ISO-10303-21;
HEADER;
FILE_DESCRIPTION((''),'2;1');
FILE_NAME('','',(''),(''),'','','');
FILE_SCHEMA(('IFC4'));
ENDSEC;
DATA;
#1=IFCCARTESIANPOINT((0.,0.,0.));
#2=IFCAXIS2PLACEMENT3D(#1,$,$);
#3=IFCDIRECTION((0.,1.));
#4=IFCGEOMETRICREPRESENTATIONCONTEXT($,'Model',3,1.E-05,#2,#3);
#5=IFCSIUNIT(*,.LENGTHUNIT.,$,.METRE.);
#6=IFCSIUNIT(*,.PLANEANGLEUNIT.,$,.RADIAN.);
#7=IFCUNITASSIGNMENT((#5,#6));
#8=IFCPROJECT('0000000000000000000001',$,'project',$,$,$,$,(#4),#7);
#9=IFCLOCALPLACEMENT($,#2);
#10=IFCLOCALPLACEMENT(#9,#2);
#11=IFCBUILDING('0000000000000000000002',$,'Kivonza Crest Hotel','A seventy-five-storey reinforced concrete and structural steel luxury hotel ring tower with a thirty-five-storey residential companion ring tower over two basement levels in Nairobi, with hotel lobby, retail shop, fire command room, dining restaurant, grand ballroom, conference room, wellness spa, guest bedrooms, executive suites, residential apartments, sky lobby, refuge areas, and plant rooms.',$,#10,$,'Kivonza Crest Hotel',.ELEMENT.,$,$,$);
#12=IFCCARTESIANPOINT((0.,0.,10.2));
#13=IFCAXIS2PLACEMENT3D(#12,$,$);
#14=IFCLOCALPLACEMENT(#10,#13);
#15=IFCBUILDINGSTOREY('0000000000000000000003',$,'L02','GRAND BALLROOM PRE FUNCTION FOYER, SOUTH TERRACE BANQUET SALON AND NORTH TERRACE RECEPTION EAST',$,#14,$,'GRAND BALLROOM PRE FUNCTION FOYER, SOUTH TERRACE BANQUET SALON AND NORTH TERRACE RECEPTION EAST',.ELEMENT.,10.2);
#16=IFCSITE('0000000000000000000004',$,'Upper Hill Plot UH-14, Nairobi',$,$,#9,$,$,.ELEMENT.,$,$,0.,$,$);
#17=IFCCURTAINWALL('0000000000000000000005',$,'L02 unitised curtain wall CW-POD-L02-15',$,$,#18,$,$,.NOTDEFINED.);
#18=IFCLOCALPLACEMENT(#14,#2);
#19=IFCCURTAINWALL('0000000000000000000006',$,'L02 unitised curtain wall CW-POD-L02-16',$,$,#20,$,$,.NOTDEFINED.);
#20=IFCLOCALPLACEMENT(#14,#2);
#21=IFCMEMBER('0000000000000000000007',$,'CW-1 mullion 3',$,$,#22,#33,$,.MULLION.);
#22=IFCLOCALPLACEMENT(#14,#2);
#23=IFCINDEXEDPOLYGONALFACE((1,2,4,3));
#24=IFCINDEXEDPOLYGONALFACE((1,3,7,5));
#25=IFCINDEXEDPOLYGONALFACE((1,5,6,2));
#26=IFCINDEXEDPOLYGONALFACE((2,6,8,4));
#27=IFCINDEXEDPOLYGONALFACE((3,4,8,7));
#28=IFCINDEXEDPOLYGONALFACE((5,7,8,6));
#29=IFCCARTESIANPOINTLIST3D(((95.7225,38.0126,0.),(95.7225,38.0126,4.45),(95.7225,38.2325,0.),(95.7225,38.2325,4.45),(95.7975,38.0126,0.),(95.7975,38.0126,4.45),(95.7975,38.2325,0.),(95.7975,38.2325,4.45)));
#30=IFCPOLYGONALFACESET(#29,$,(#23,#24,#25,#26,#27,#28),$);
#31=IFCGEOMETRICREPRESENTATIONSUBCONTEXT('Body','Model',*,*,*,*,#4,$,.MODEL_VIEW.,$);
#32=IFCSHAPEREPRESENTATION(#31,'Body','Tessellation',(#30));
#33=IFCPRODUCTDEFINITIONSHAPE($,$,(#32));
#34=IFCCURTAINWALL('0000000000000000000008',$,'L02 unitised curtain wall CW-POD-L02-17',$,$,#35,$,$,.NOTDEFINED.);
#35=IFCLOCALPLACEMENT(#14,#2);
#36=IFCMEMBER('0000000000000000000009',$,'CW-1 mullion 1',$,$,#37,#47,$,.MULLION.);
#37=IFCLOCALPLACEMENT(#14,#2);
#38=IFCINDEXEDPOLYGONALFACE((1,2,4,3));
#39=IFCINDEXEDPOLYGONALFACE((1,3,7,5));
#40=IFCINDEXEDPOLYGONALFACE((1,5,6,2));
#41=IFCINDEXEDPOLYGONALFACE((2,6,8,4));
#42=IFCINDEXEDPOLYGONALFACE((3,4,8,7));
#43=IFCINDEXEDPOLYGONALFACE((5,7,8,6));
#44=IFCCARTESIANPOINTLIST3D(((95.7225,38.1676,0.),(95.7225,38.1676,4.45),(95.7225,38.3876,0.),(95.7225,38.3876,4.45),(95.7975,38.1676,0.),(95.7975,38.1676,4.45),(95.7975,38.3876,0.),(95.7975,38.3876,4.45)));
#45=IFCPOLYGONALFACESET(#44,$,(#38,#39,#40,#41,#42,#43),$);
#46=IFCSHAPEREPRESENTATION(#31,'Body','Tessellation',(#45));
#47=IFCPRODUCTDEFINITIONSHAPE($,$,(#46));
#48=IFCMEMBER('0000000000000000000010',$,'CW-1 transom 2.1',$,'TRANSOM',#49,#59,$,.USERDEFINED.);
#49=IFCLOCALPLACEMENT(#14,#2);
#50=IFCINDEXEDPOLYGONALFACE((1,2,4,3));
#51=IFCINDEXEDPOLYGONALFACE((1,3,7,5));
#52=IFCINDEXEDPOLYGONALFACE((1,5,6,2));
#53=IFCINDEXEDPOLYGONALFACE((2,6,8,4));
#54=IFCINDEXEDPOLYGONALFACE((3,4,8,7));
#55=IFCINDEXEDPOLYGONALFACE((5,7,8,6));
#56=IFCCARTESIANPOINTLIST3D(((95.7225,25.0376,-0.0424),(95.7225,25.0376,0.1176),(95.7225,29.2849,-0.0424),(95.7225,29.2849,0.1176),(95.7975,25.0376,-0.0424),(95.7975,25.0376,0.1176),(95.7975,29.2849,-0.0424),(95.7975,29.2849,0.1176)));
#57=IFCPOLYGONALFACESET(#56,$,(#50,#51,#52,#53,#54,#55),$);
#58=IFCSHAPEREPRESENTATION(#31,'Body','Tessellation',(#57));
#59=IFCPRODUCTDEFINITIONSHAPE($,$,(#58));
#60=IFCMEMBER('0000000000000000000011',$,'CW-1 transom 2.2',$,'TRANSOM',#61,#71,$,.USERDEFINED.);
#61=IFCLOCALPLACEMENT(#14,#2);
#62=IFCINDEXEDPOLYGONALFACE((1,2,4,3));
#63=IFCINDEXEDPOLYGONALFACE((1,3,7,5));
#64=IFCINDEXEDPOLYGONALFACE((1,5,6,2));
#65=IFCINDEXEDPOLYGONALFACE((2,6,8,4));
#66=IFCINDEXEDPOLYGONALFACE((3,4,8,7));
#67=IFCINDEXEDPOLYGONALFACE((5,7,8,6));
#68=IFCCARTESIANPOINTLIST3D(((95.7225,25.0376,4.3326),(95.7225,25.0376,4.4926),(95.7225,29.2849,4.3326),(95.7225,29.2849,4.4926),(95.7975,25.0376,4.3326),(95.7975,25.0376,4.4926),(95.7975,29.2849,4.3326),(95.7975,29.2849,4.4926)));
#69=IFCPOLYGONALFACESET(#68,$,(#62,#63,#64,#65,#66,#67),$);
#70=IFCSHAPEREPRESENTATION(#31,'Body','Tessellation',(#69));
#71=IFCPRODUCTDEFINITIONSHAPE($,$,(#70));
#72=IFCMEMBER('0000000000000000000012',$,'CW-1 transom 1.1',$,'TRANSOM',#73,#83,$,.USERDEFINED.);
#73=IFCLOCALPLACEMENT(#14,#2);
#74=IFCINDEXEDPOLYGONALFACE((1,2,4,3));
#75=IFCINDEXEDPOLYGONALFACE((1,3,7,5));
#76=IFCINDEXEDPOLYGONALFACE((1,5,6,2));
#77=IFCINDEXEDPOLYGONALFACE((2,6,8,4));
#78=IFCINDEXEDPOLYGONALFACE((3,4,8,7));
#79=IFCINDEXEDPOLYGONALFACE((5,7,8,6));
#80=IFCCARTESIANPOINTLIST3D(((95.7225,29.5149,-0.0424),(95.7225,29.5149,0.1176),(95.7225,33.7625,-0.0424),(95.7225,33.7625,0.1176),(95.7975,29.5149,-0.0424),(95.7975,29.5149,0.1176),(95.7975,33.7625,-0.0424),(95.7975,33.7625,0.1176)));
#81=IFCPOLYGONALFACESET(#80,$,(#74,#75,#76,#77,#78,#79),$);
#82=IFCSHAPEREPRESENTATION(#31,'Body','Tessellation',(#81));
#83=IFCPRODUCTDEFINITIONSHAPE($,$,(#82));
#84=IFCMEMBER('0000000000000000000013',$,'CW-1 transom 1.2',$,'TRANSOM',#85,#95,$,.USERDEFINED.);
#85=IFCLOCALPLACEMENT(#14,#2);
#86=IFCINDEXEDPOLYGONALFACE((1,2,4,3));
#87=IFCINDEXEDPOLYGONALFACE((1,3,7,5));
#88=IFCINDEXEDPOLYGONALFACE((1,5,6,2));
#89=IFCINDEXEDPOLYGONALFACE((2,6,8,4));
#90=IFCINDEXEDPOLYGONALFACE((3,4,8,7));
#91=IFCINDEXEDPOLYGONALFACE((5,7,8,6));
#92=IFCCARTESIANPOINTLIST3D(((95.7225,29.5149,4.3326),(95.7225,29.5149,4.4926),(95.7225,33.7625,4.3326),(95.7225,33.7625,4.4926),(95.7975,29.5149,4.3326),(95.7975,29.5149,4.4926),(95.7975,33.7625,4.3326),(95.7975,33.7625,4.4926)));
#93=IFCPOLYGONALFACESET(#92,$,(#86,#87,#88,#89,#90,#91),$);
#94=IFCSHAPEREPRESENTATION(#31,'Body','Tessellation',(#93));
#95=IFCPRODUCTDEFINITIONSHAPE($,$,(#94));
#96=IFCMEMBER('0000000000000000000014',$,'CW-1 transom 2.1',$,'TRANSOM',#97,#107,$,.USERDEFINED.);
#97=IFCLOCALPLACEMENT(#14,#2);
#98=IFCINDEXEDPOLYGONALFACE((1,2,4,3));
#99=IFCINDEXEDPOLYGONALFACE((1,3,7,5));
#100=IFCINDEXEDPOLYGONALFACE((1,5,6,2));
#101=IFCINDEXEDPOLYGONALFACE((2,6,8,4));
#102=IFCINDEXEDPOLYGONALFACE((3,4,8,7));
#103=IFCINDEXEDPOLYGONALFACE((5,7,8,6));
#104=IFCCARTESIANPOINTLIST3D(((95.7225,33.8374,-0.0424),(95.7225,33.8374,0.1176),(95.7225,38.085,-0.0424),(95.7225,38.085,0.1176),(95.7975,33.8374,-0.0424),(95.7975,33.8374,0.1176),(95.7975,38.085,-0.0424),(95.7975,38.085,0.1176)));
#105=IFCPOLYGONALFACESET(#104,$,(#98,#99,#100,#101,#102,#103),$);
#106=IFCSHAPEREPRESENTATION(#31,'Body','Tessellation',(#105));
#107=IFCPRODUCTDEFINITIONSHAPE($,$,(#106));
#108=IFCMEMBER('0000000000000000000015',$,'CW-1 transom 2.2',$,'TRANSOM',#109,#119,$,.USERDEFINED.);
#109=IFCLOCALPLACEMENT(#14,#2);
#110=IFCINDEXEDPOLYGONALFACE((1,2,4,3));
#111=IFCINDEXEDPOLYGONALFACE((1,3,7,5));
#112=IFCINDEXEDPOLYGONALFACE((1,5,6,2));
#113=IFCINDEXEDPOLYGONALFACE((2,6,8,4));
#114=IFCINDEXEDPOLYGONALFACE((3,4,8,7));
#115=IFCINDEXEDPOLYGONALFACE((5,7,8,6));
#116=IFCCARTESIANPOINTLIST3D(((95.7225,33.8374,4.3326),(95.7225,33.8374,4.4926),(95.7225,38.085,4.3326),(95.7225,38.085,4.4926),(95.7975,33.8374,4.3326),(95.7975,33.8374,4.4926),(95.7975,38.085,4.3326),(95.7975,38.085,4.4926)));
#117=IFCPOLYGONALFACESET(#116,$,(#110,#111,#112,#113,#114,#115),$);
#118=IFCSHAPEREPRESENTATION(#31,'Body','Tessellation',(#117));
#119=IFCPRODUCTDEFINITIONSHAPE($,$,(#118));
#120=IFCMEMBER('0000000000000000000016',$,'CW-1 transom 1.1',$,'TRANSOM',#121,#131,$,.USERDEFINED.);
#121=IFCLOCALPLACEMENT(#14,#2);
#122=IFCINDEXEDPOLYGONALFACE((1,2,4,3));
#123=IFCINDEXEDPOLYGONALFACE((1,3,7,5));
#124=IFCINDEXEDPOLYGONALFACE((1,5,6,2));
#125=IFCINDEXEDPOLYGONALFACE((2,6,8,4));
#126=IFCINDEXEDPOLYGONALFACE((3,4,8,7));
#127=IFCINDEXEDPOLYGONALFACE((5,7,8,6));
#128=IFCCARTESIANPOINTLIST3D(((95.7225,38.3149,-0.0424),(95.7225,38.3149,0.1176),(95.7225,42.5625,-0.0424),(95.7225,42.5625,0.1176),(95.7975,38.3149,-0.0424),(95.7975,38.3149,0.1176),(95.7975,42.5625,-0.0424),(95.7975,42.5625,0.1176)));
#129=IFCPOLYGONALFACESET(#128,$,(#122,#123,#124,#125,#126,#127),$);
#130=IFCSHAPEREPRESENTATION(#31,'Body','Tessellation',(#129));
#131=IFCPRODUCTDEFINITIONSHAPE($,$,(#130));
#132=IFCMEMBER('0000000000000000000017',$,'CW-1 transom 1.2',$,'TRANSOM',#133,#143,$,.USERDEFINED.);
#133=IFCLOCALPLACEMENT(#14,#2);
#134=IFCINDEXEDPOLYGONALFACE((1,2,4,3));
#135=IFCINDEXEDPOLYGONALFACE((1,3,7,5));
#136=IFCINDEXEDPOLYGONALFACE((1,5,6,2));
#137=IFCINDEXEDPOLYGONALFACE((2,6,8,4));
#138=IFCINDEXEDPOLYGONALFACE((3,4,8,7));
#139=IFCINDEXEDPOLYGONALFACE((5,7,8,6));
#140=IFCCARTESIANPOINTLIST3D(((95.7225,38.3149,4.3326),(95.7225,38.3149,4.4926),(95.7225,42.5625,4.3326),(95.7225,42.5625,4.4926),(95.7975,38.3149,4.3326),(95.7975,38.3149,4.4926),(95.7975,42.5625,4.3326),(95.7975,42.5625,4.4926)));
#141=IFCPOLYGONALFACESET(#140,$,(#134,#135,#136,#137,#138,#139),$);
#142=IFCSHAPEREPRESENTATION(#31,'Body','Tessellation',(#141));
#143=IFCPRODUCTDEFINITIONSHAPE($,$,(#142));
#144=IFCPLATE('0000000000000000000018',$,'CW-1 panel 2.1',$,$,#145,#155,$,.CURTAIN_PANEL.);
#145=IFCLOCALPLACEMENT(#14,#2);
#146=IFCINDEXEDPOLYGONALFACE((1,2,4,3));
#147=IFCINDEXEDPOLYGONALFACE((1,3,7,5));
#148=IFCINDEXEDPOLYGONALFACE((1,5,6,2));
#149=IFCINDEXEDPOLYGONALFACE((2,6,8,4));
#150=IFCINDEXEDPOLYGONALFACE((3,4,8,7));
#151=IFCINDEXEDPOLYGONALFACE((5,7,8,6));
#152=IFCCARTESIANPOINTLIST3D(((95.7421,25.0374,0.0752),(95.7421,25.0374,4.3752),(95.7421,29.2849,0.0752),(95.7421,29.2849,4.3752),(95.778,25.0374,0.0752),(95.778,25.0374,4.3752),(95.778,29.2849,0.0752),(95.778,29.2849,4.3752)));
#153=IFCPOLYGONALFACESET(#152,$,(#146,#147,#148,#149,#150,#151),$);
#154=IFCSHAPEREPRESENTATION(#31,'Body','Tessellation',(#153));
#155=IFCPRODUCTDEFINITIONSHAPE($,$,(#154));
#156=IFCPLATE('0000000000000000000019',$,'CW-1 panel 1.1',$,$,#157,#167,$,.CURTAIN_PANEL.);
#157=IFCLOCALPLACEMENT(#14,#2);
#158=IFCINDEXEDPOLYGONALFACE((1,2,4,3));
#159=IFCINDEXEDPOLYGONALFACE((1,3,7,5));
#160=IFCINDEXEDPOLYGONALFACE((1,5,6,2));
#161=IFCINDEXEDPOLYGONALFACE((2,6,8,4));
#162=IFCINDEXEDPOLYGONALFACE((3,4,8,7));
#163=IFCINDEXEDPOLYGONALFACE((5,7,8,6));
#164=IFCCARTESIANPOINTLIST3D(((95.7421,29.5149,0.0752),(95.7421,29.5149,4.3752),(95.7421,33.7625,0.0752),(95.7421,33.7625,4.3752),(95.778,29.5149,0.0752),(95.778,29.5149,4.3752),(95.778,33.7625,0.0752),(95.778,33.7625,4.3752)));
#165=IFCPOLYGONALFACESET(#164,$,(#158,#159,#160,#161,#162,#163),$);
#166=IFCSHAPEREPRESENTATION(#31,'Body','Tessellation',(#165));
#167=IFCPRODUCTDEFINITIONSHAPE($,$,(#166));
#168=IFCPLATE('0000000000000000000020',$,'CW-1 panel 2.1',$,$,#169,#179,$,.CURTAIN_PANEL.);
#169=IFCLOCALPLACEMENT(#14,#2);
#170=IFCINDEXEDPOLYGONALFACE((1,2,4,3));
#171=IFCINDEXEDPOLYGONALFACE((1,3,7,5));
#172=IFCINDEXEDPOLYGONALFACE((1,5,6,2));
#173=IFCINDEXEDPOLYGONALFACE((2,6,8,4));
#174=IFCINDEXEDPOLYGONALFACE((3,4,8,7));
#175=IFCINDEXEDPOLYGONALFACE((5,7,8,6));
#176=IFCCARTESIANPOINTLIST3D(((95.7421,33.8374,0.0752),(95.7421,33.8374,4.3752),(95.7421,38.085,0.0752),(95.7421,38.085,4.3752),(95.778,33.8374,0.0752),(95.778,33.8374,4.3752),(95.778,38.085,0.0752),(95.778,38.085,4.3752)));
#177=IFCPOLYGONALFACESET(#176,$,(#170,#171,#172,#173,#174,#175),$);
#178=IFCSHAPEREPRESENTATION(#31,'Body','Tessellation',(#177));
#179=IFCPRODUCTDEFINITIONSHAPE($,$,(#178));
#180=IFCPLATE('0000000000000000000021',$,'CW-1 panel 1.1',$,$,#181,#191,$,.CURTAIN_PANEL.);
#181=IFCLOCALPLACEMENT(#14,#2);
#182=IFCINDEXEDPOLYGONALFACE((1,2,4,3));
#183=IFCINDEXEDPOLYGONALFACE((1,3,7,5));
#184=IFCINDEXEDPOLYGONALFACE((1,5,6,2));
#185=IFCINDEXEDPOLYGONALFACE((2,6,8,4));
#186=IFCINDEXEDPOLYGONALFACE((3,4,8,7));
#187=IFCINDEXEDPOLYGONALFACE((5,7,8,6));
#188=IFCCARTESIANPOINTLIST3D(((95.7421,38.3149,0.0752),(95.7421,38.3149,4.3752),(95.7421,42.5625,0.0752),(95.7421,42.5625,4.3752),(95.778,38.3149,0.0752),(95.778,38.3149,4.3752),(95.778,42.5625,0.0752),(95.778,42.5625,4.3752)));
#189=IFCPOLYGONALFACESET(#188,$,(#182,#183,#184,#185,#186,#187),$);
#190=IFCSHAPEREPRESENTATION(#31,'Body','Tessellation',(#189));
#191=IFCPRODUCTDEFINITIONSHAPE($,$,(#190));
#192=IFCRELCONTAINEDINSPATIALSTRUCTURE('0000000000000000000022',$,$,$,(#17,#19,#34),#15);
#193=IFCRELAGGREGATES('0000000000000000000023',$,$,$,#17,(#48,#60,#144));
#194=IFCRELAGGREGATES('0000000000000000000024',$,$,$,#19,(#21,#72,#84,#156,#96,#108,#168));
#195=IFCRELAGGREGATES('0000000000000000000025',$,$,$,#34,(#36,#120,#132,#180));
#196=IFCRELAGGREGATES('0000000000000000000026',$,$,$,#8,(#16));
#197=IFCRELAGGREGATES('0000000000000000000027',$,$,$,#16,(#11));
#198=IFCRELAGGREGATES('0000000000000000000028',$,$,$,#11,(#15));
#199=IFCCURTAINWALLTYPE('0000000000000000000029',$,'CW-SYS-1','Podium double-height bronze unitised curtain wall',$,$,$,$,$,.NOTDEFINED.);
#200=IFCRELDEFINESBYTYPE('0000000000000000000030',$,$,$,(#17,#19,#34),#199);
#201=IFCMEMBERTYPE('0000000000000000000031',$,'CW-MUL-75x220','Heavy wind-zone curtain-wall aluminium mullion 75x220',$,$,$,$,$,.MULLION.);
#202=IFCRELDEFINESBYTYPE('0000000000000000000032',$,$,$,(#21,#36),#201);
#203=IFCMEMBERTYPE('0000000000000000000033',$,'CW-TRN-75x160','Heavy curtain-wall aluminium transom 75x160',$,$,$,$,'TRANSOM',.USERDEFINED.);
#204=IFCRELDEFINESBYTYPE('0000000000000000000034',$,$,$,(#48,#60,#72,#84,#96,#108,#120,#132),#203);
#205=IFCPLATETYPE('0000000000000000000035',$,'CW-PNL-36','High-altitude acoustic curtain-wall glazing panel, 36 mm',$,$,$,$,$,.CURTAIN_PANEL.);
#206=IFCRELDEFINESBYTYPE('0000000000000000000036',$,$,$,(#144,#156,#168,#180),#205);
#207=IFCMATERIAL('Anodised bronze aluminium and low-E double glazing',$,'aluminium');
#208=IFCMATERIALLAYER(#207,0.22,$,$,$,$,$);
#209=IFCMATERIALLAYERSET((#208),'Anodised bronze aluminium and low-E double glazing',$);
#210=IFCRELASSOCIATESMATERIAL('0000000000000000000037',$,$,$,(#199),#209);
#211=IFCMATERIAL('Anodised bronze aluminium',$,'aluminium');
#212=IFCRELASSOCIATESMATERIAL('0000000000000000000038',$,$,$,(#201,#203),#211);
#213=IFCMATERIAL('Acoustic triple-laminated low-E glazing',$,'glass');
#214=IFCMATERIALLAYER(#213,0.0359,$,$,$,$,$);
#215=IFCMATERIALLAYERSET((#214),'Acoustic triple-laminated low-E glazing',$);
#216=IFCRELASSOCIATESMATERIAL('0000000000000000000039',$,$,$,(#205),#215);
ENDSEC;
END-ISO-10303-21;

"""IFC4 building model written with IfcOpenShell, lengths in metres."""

from ifc_helpers import new_model, si_unit, direction, frame, origin, origin_2d, place, context, subcontext, project, spatial, rectangle, extrude, material, layer, layer_set, material_profile, profile_set, type_object, element, aggregate, save


model = new_model("IFC4")

# Units and contexts
model_context = context("Model", 3, precision=1e-05, world=origin(), true_north=direction((0.0, 1.0)))
body_context = subcontext(model_context, "Body", "Model", "MODEL_VIEW")
ifc_project = project(units=[si_unit("LENGTHUNIT", "METRE"), si_unit("PLANEANGLEUNIT", "RADIAN")], contexts=[model_context])

# Site, building, storey
site_placement = place(None, origin())
site = spatial("IfcSite", under=ifc_project, at=site_placement, Name="Upper Hill Plot UH-14, Nairobi", CompositionType="ELEMENT", RefElevation=0.0)
building_placement = place(site_placement, origin())
building = spatial("IfcBuilding", under=site, at=building_placement, Name="Kivonza Crest Hotel", Description="A seventy-five-storey reinforced concrete and structural steel luxury hotel ring tower with a thirty-five-storey residential companion ring tower over two basement levels in Nairobi, with hotel lobby, retail shop, fire command room, dining restaurant, grand ballroom, conference room, wellness spa, guest bedrooms, executive suites, residential apartments, sky lobby, refuge areas, and plant rooms.", LongName="Kivonza Crest Hotel", CompositionType="ELEMENT")
storey_placement = place(building_placement, frame((0.0, 0.0, 10.2)))
storey = spatial("IfcBuildingStorey", under=building, at=storey_placement, Name="L02", Description="GRAND BALLROOM PRE FUNCTION FOYER, SOUTH TERRACE BANQUET SALON AND NORTH TERRACE RECEPTION EAST", LongName="GRAND BALLROOM PRE FUNCTION FOYER, SOUTH TERRACE BANQUET SALON AND NORTH TERRACE RECEPTION EAST", CompositionType="ELEMENT", Elevation=10.2)

# Curtain walls, member
ifc_material_1 = material(Name="Anodised bronze aluminium and low-E double glazing", Category="aluminium")
ifc_layer_1 = layer(ifc_material_1, 0.22)
ifc_layer_set_1 = layer_set([ifc_layer_1], Name="Anodised bronze aluminium and low-E double glazing")
curtain_wall_type = type_object("IfcCurtainWallType", Name="CW-SYS-1", Description="Podium double-height bronze unitised curtain wall", PredefinedType="NOTDEFINED", material=ifc_layer_set_1)
curtain_wall_1_placement = place(storey_placement, origin())
curtain_wall_1 = element("IfcCurtainWall", 1, at=curtain_wall_1_placement, inside=storey, type_object=curtain_wall_type, Name="L02 unitised curtain wall CW-POD-L02-15", PredefinedType="NOTDEFINED")
ifc_material_2 = material(Name="Anodised bronze aluminium", Category="aluminium")
ifc_material_profile_1 = material_profile(ifc_material_2, rectangle(XDim=0.075, YDim=0.22, at=origin_2d()), Name="CW-M 75x220")
ifc_profile_set_1 = profile_set([ifc_material_profile_1], Name="Anodised bronze aluminium")
member_type_1 = type_object("IfcMemberType", Name="CW-MUL-75x220", Description="Heavy wind-zone curtain-wall aluminium mullion 75x220", PredefinedType="MULLION", material=ifc_profile_set_1)
curtain_wall_2_placement = place(storey_placement, origin())
curtain_wall_2 = element("IfcCurtainWall", 2, at=curtain_wall_2_placement, inside=storey, type_object=curtain_wall_type, Name="L02 unitised curtain wall CW-POD-L02-16", PredefinedType="NOTDEFINED")
member_1_placement = place(storey_placement, frame((95.76, 38.1226, 0.0), z_axis=(0.0, 0.0, 1.0), x_axis=(-1.0, 0.0, 0.0)))
member_1 = element("IfcMember", 3, at=member_1_placement, type_object=member_type_1, Name="CW-1 mullion 3", PredefinedType="MULLION", context=body_context, shape_type="SweptSolid", body=[
    extrude(rectangle(XDim=0.075, YDim=0.22, at=origin_2d()), origin(), (0.0, 0.0, 1.0), 4.45),
])

# Curtain wall, member
curtain_wall_3_placement = place(storey_placement, origin())
curtain_wall_3 = element("IfcCurtainWall", 4, at=curtain_wall_3_placement, inside=storey, type_object=curtain_wall_type, Name="L02 unitised curtain wall CW-POD-L02-17", PredefinedType="NOTDEFINED")
member_2_placement = place(storey_placement, frame((95.76, 38.2776, 0.0), z_axis=(0.0, 0.0, 1.0), x_axis=(-1.0, 0.0, 0.0)))
member_2 = element("IfcMember", 5, at=member_2_placement, type_object=member_type_1, Name="CW-1 mullion 1", PredefinedType="MULLION", context=body_context, shape_type="SweptSolid", body=[
    extrude(rectangle(XDim=0.075, YDim=0.22, at=origin_2d()), origin(), (0.0, 0.0, 1.0), 4.45),
])

# Members
ifc_material_profile_2 = material_profile(ifc_material_2, rectangle(XDim=0.075, YDim=0.1599, at=origin_2d()), Name="CW-T 75x160")
ifc_profile_set_2 = profile_set([ifc_material_profile_2], Name="Anodised bronze aluminium")
member_type_2 = type_object("IfcMemberType", Name="CW-TRN-75x160", Description="Heavy curtain-wall aluminium transom 75x160", ElementType="TRANSOM", PredefinedType="USERDEFINED", material=ifc_profile_set_2)
member_3_placement = place(storey_placement, frame((95.76, 25.0376, 0.0376), z_axis=(0.0, 1.0, 0.0), x_axis=(-1.0, 0.0, 0.0)))
member_3 = element("IfcMember", 6, at=member_3_placement, type_object=member_type_2, Name="CW-1 transom 2.1", ObjectType="TRANSOM", PredefinedType="USERDEFINED", context=body_context, shape_type="SweptSolid", body=[
    extrude(rectangle(XDim=0.075, YDim=0.1599, at=origin_2d()), origin(), (0.0, 0.0, 1.0), 4.2473),
])
member_4_placement = place(storey_placement, frame((95.76, 25.0376, 4.4126), z_axis=(0.0, 1.0, 0.0), x_axis=(-1.0, 0.0, 0.0)))
member_4 = element("IfcMember", 7, at=member_4_placement, type_object=member_type_2, Name="CW-1 transom 2.2", ObjectType="TRANSOM", PredefinedType="USERDEFINED", context=body_context, shape_type="SweptSolid", body=[
    extrude(rectangle(XDim=0.075, YDim=0.1599, at=origin_2d()), origin(), (0.0, 0.0, 1.0), 4.2473),
])
member_5_placement = place(storey_placement, frame((95.76, 29.5149, 0.0376), z_axis=(0.0, 1.0, 0.0), x_axis=(-1.0, 0.0, 0.0)))
member_5 = element("IfcMember", 8, at=member_5_placement, type_object=member_type_2, Name="CW-1 transom 1.1", ObjectType="TRANSOM", PredefinedType="USERDEFINED", context=body_context, shape_type="SweptSolid", body=[
    extrude(rectangle(XDim=0.075, YDim=0.1599, at=origin_2d()), origin(), (0.0, 0.0, 1.0), 4.2476),
])
member_6_placement = place(storey_placement, frame((95.76, 29.5149, 4.4126), z_axis=(0.0, 1.0, 0.0), x_axis=(-1.0, 0.0, 0.0)))
member_6 = element("IfcMember", 9, at=member_6_placement, type_object=member_type_2, Name="CW-1 transom 1.2", ObjectType="TRANSOM", PredefinedType="USERDEFINED", context=body_context, shape_type="SweptSolid", body=[
    extrude(rectangle(XDim=0.075, YDim=0.1599, at=origin_2d()), origin(), (0.0, 0.0, 1.0), 4.2476),
])
member_7_placement = place(storey_placement, frame((95.76, 33.8374, 0.0376), z_axis=(0.0, 1.0, 0.0), x_axis=(-1.0, 0.0, 0.0)))
member_7 = element("IfcMember", 10, at=member_7_placement, type_object=member_type_2, Name="CW-1 transom 2.1", ObjectType="TRANSOM", PredefinedType="USERDEFINED", context=body_context, shape_type="SweptSolid", body=[
    extrude(rectangle(XDim=0.075, YDim=0.1599, at=origin_2d()), origin(), (0.0, 0.0, 1.0), 4.2476),
])
member_8_placement = place(storey_placement, frame((95.76, 33.8374, 4.4126), z_axis=(0.0, 1.0, 0.0), x_axis=(-1.0, 0.0, 0.0)))
member_8 = element("IfcMember", 11, at=member_8_placement, type_object=member_type_2, Name="CW-1 transom 2.2", ObjectType="TRANSOM", PredefinedType="USERDEFINED", context=body_context, shape_type="SweptSolid", body=[
    extrude(rectangle(XDim=0.075, YDim=0.1599, at=origin_2d()), origin(), (0.0, 0.0, 1.0), 4.2476),
])
member_9_placement = place(storey_placement, frame((95.76, 38.3149, 0.0376), z_axis=(0.0, 1.0, 0.0), x_axis=(-1.0, 0.0, 0.0)))
member_9 = element("IfcMember", 12, at=member_9_placement, type_object=member_type_2, Name="CW-1 transom 1.1", ObjectType="TRANSOM", PredefinedType="USERDEFINED", context=body_context, shape_type="SweptSolid", body=[
    extrude(rectangle(XDim=0.075, YDim=0.1599, at=origin_2d()), origin(), (0.0, 0.0, 1.0), 4.2476),
])
member_10_placement = place(storey_placement, frame((95.76, 38.3149, 4.4126), z_axis=(0.0, 1.0, 0.0), x_axis=(-1.0, 0.0, 0.0)))
member_10 = element("IfcMember", 13, at=member_10_placement, type_object=member_type_2, Name="CW-1 transom 1.2", ObjectType="TRANSOM", PredefinedType="USERDEFINED", context=body_context, shape_type="SweptSolid", body=[
    extrude(rectangle(XDim=0.075, YDim=0.1599, at=origin_2d()), origin(), (0.0, 0.0, 1.0), 4.2476),
])

# Plates
ifc_material_3 = material(Name="Acoustic triple-laminated low-E glazing", Category="glass")
ifc_layer_2 = layer(ifc_material_3, 0.0359)
ifc_layer_set_2 = layer_set([ifc_layer_2], Name="Acoustic triple-laminated low-E glazing")
plate_type = type_object("IfcPlateType", Name="CW-PNL-36", Description="High-altitude acoustic curtain-wall glazing panel, 36 mm", PredefinedType="CURTAIN_PANEL", material=ifc_layer_set_2)
plate_1_placement = place(storey_placement, frame((95.76, 27.1611, 0.0752), z_axis=(0.0, 0.0, 1.0), x_axis=(0.0, 1.0, 0.0)))
plate_1 = element("IfcPlate", 14, at=plate_1_placement, type_object=plate_type, Name="CW-1 panel 2.1", PredefinedType="CURTAIN_PANEL", context=body_context, shape_type="SweptSolid", body=[
    extrude(rectangle(XDim=4.2476, YDim=0.0359, at=origin_2d()), origin(), (0.0, 0.0, 1.0), 4.3),
])
aggregate(curtain_wall_1, [member_3, member_4, plate_1])
plate_2_placement = place(storey_placement, frame((95.76, 31.6387, 0.0752), z_axis=(0.0, 0.0, 1.0), x_axis=(0.0, 1.0, 0.0)))
plate_2 = element("IfcPlate", 15, at=plate_2_placement, type_object=plate_type, Name="CW-1 panel 1.1", PredefinedType="CURTAIN_PANEL", context=body_context, shape_type="SweptSolid", body=[
    extrude(rectangle(XDim=4.2476, YDim=0.0359, at=origin_2d()), origin(), (0.0, 0.0, 1.0), 4.3),
])
plate_3_placement = place(storey_placement, frame((95.76, 35.9612, 0.0752), z_axis=(0.0, 0.0, 1.0), x_axis=(0.0, 1.0, 0.0)))
plate_3 = element("IfcPlate", 16, at=plate_3_placement, type_object=plate_type, Name="CW-1 panel 2.1", PredefinedType="CURTAIN_PANEL", context=body_context, shape_type="SweptSolid", body=[
    extrude(rectangle(XDim=4.2476, YDim=0.0359, at=origin_2d()), origin(), (0.0, 0.0, 1.0), 4.3),
])
aggregate(curtain_wall_2, [member_1, member_5, member_6, plate_2, member_7, member_8, plate_3])
plate_4_placement = place(storey_placement, frame((95.76, 40.4387, 0.0752), z_axis=(0.0, 0.0, 1.0), x_axis=(0.0, 1.0, 0.0)))
plate_4 = element("IfcPlate", 17, at=plate_4_placement, type_object=plate_type, Name="CW-1 panel 1.1", PredefinedType="CURTAIN_PANEL", context=body_context, shape_type="SweptSolid", body=[
    extrude(rectangle(XDim=4.2476, YDim=0.0359, at=origin_2d()), origin(), (0.0, 0.0, 1.0), 4.3),
])
aggregate(curtain_wall_3, [member_2, member_9, member_10, plate_4])

save(model, "model.ifc")
